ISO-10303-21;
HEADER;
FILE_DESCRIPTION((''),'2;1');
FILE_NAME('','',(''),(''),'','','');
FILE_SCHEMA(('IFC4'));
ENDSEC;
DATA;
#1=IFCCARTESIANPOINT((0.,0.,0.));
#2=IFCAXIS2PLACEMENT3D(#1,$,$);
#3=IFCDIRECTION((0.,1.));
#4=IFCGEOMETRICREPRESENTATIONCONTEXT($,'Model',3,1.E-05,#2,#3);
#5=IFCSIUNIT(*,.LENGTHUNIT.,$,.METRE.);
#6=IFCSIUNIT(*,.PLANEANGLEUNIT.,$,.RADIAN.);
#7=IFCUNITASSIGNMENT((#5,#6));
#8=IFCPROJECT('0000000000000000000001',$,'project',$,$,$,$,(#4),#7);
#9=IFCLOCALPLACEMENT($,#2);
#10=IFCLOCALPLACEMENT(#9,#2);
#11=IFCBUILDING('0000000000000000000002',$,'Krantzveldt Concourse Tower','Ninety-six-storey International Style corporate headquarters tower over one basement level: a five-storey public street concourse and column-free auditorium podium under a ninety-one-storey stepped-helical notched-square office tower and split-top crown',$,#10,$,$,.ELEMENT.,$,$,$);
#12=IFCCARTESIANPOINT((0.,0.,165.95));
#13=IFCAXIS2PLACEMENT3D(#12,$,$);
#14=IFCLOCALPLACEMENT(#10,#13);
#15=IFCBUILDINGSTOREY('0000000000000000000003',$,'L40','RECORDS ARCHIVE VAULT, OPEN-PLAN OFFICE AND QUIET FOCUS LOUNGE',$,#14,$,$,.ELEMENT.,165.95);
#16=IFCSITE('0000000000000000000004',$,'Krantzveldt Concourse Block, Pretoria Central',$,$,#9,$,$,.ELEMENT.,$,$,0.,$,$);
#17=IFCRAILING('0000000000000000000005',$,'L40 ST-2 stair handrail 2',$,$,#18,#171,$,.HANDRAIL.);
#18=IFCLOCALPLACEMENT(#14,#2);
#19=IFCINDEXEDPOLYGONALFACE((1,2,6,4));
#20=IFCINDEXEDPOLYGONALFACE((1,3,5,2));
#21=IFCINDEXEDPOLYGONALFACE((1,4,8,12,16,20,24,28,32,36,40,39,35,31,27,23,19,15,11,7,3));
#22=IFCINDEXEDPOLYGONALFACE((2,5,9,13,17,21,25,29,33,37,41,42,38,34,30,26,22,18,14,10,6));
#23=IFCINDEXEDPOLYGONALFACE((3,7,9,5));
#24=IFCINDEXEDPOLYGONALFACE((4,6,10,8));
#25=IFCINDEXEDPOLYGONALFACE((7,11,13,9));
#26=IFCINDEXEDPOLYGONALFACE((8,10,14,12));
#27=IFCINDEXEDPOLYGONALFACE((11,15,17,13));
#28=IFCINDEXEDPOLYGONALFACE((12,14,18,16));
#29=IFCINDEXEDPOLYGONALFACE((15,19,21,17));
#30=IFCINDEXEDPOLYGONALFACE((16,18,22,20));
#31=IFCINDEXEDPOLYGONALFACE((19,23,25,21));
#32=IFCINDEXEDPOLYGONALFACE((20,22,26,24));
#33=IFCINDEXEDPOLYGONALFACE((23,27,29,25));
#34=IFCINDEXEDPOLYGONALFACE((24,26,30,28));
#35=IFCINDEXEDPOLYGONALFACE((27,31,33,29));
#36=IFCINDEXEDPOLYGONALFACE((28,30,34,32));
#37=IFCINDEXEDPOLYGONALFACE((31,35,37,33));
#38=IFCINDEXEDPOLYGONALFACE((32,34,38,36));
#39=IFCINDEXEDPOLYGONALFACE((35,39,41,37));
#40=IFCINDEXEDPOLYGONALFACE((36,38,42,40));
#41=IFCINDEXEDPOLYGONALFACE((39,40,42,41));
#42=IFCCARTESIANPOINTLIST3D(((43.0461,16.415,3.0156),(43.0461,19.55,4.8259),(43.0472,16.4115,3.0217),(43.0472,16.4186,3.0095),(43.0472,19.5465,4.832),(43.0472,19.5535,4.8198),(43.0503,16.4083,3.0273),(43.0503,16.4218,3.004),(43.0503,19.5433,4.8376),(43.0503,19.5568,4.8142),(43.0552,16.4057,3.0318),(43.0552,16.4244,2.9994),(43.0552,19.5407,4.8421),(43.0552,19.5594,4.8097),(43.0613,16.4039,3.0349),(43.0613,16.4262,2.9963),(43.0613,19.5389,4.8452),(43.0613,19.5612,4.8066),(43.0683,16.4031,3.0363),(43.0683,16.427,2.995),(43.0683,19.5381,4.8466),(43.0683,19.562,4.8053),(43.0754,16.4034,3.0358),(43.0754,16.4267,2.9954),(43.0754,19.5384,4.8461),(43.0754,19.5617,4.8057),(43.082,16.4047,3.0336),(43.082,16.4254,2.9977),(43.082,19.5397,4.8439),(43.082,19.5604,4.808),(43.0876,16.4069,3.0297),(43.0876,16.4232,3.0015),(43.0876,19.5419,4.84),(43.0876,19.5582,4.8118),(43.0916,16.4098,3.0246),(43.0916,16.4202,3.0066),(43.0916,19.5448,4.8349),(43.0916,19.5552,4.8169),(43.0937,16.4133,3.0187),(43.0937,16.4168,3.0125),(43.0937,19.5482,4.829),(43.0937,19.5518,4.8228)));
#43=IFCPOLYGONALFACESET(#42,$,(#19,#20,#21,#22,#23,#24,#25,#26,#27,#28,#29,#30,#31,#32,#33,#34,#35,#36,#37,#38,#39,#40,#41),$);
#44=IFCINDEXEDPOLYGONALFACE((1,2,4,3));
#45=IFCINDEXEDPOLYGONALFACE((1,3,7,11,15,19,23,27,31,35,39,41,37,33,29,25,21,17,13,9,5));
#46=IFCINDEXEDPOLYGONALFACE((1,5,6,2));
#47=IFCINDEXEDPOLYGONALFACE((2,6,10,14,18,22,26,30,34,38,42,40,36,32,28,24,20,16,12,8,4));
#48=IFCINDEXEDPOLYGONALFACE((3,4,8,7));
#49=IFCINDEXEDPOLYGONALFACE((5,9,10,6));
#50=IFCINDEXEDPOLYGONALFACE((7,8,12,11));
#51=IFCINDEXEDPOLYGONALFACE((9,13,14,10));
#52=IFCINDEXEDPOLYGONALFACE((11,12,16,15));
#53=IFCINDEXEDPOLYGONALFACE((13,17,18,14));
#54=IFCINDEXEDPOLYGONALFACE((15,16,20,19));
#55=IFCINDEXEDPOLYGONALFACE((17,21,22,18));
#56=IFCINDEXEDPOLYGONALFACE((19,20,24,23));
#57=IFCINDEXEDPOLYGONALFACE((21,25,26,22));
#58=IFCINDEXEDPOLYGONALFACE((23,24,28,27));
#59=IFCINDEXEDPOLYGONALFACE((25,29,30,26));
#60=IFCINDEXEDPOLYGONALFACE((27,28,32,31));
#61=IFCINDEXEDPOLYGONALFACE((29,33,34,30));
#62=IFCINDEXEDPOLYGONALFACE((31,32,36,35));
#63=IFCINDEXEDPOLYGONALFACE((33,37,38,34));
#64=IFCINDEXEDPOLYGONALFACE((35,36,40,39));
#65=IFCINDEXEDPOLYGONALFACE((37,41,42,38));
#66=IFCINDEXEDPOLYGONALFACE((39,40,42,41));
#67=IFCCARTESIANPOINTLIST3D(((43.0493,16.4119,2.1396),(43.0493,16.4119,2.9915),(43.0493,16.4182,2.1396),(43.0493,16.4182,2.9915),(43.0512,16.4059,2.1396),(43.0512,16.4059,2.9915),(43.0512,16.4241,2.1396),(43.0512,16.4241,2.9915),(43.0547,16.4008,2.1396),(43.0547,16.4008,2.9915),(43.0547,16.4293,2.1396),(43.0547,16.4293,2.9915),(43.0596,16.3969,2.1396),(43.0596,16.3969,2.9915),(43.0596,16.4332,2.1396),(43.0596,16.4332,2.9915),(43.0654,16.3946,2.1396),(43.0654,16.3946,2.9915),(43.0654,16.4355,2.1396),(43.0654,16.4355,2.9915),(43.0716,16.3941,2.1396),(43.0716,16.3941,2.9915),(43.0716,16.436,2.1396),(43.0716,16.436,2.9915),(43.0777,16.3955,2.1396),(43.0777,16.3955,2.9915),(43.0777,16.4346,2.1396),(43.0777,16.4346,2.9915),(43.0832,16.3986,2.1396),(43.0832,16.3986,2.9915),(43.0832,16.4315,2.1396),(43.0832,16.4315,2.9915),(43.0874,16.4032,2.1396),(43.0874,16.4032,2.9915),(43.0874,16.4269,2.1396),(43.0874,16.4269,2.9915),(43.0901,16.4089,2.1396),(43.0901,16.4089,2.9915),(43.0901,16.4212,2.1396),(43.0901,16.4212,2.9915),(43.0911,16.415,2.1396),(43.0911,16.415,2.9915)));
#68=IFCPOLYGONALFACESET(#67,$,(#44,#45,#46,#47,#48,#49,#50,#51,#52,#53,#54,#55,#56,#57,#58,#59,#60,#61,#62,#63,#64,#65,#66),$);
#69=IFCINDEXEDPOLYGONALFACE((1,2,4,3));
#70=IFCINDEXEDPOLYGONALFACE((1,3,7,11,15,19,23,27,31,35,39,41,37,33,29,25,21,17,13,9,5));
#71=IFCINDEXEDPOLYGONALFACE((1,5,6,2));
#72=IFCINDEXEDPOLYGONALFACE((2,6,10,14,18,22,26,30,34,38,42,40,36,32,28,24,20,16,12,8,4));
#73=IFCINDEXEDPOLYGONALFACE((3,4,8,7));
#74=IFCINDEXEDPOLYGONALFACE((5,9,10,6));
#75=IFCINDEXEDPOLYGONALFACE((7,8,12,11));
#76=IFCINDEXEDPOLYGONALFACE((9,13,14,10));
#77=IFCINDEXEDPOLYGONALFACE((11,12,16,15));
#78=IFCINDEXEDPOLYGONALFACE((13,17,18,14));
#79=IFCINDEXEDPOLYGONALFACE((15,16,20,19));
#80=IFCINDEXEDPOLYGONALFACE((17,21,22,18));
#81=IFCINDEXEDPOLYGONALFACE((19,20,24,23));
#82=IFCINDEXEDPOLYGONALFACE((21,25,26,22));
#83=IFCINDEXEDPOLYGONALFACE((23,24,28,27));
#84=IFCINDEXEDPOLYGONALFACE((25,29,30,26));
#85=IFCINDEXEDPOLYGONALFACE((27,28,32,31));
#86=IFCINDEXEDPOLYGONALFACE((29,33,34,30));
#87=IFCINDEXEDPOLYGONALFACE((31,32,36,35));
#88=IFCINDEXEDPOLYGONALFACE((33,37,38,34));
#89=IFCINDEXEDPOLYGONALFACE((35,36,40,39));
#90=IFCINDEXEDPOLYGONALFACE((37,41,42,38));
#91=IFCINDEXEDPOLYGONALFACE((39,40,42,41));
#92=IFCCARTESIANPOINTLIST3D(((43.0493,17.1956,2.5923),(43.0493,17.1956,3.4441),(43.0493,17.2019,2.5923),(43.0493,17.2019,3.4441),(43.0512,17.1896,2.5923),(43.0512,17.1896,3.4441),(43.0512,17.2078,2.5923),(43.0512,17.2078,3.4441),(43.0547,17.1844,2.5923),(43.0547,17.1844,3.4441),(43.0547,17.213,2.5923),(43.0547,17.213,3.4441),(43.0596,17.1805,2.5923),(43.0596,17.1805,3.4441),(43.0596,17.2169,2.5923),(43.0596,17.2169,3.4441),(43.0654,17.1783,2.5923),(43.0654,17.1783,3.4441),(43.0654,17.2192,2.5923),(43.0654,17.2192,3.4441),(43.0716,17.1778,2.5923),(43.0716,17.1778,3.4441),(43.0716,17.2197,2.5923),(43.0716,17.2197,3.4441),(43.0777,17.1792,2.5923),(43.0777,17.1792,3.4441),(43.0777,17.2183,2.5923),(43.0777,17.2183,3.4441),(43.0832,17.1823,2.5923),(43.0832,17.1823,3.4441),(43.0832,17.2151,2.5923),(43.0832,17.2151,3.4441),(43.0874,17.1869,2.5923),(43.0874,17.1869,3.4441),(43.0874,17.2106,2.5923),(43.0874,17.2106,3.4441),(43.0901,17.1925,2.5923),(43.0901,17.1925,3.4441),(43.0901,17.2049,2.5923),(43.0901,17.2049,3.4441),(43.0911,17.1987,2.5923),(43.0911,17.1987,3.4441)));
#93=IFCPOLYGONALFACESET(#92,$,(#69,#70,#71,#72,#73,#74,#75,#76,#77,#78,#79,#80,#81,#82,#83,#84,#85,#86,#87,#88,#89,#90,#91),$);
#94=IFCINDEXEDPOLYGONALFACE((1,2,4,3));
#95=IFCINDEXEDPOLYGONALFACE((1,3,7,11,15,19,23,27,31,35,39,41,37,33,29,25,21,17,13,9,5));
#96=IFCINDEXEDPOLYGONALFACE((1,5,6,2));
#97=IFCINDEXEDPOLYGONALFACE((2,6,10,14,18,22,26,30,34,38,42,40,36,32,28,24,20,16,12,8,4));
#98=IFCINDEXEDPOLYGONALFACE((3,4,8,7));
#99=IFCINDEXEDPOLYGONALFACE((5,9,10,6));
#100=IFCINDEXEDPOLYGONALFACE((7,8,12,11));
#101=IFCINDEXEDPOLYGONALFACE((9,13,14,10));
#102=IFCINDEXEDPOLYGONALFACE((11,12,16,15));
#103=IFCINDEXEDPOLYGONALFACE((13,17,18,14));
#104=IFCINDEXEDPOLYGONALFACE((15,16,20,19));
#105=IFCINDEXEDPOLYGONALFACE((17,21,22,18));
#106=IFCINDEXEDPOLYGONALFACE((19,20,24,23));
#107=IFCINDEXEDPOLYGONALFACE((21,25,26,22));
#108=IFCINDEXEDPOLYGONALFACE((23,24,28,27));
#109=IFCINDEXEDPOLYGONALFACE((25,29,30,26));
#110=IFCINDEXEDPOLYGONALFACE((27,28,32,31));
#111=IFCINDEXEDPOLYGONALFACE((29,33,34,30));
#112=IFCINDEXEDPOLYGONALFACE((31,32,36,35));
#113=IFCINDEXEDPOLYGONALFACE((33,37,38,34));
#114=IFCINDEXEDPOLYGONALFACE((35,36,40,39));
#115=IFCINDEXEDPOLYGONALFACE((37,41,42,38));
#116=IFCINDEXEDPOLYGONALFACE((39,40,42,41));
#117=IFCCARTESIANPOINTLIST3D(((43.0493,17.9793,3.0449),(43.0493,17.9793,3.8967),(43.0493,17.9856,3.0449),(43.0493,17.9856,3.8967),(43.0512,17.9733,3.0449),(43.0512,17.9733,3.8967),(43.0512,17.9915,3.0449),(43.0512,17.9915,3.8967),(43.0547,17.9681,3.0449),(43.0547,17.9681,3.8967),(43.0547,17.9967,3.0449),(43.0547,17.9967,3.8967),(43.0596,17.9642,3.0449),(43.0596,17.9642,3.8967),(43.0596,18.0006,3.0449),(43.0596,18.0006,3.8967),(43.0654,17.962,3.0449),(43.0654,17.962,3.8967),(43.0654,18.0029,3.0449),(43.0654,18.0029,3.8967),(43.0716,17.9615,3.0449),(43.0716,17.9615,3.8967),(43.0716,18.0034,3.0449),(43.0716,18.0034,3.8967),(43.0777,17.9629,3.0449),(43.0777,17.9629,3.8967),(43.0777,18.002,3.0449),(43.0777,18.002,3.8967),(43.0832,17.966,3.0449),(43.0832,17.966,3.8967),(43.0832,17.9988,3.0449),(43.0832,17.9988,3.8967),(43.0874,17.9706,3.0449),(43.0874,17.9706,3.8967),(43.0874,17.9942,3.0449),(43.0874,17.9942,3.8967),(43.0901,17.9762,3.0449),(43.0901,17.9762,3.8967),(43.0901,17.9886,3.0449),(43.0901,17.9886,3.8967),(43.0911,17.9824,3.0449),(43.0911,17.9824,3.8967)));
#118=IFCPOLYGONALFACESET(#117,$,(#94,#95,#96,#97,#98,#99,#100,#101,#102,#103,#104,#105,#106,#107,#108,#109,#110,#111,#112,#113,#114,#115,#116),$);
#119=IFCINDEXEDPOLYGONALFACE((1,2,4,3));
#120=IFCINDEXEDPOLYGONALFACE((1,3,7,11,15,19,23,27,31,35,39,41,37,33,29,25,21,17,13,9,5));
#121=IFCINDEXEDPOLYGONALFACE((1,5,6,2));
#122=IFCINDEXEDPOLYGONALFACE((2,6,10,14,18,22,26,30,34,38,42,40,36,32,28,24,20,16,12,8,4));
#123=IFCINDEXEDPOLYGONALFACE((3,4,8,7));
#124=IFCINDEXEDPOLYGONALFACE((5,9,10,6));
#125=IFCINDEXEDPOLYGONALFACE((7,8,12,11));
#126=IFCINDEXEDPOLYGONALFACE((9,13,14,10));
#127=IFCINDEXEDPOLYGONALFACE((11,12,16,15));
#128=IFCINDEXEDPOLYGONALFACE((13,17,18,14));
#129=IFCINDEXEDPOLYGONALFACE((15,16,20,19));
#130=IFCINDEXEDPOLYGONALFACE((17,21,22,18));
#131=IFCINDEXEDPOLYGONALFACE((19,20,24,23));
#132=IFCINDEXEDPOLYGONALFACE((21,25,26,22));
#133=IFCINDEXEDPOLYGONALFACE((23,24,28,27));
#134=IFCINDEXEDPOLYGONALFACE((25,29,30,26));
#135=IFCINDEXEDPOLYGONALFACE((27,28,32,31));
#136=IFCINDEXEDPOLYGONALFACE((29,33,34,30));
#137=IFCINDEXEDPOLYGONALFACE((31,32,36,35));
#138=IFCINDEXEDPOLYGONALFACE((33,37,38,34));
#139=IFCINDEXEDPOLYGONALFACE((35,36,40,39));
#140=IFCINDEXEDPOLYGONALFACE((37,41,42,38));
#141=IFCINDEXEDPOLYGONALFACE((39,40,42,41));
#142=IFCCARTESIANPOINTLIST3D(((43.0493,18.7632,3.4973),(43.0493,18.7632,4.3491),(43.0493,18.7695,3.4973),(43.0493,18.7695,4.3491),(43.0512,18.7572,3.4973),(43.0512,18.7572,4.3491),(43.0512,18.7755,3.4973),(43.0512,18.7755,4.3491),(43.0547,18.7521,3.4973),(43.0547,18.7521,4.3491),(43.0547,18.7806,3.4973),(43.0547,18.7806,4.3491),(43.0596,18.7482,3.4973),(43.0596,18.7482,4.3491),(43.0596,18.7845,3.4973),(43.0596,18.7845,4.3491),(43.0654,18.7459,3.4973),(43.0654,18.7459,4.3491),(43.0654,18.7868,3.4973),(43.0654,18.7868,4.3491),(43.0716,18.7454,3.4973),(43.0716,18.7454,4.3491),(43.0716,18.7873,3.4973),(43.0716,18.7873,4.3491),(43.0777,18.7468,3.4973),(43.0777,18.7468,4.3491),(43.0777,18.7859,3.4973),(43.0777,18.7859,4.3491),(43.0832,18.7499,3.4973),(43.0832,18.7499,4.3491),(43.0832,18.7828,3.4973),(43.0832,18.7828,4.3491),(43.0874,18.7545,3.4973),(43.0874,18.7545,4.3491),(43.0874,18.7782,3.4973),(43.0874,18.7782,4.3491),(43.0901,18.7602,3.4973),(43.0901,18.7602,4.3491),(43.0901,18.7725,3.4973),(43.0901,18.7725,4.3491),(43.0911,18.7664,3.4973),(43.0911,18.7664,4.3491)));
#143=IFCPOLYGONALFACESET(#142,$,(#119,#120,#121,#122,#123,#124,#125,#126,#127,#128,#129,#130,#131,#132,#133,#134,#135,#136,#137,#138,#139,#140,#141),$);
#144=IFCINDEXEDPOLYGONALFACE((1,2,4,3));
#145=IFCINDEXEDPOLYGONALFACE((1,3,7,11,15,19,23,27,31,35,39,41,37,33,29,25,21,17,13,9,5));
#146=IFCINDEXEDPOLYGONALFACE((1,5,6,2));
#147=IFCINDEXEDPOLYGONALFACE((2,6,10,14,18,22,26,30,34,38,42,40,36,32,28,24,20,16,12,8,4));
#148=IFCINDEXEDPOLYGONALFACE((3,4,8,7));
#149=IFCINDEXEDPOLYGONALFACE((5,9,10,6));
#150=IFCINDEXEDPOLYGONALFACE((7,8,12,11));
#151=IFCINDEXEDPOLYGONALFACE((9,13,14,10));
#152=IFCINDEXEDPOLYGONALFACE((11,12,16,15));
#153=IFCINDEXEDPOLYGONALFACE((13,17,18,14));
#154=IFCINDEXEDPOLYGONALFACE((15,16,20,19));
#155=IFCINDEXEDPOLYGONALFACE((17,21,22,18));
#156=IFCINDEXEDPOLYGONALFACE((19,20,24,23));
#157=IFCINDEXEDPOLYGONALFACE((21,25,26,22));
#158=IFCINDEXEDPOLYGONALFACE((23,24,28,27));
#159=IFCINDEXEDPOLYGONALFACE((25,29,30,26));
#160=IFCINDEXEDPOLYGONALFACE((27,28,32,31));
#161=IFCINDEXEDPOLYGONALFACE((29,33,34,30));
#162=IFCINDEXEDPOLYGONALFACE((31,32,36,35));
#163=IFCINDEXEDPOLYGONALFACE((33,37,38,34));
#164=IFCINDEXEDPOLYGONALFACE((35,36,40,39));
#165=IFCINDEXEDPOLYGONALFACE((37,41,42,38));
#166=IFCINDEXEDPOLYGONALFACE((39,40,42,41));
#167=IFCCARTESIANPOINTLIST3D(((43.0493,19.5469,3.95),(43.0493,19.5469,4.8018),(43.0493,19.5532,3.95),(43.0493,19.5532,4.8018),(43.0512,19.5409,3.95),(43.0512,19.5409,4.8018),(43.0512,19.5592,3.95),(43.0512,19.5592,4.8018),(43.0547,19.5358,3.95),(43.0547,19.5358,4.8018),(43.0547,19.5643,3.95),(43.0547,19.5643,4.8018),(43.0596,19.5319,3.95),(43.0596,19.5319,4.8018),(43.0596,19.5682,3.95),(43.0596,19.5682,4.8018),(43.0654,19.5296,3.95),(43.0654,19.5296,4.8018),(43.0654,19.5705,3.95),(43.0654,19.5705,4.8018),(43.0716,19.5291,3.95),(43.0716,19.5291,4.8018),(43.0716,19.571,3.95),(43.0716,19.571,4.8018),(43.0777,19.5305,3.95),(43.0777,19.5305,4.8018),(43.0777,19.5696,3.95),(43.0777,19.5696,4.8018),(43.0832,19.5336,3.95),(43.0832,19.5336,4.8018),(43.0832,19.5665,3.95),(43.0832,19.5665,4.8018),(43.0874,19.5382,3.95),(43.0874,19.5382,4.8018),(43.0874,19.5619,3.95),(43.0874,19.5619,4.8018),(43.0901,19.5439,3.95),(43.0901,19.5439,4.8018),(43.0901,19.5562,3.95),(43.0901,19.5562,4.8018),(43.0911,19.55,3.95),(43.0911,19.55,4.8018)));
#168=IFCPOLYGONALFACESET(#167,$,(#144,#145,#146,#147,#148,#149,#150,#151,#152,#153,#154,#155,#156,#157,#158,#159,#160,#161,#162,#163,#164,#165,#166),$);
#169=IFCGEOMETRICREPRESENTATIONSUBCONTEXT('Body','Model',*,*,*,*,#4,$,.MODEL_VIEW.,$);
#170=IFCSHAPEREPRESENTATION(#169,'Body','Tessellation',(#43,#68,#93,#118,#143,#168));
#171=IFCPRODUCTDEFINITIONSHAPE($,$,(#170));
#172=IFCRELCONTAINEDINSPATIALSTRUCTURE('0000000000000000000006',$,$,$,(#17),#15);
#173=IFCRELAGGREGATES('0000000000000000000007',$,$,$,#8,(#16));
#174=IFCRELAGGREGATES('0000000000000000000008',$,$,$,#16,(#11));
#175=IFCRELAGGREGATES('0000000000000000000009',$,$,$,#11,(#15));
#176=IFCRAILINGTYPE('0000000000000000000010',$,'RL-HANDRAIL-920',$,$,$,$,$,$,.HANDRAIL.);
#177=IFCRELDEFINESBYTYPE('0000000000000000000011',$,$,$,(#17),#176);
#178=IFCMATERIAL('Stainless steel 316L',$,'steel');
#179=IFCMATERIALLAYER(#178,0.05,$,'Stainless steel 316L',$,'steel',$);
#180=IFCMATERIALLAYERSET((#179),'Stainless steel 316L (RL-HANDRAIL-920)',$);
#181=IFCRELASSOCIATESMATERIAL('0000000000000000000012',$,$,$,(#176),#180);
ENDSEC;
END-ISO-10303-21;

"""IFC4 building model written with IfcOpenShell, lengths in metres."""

from ifc_helpers import new_model, si_unit, direction, frame, origin, origin_2d, place, context, subcontext, project, spatial, circle, extrude, material, layer, layer_set, type_object, element, save


model = new_model("IFC4")

# Units and contexts
model_context = context("Model", 3, precision=1e-05, world=origin(), true_north=direction((0.0, 1.0)))
body_context = subcontext(model_context, "Body", "Model", "MODEL_VIEW")
ifc_project = project(units=[si_unit("LENGTHUNIT", "METRE"), si_unit("PLANEANGLEUNIT", "RADIAN")], contexts=[model_context])

# Site, building, storey
site_placement = place(None, origin())
site = spatial("IfcSite", under=ifc_project, at=site_placement, Name="Krantzveldt Concourse Block, Pretoria Central", CompositionType="ELEMENT", RefElevation=0.0)
building_placement = place(site_placement, origin())
building = spatial("IfcBuilding", under=site, at=building_placement, Name="Krantzveldt Concourse Tower", Description="Ninety-six-storey International Style corporate headquarters tower over one basement level: a five-storey public street concourse and column-free auditorium podium under a ninety-one-storey stepped-helical notched-square office tower and split-top crown", CompositionType="ELEMENT")
storey_placement = place(building_placement, frame((0.0, 0.0, 165.95)))
storey = spatial("IfcBuildingStorey", under=building, at=storey_placement, Name="L40", Description="RECORDS ARCHIVE VAULT, OPEN-PLAN OFFICE AND QUIET FOCUS LOUNGE", CompositionType="ELEMENT", Elevation=165.95)

# Railing
ifc_material_1 = material(Name="Stainless steel 316L", Category="steel")
ifc_layer_1 = layer(ifc_material_1, 0.05, Name="Stainless steel 316L", Category="steel")
ifc_layer_set_1 = layer_set([ifc_layer_1], Name="Stainless steel 316L (RL-HANDRAIL-920)")
railing_type_1 = type_object("IfcRailingType", Name="RL-HANDRAIL-920", PredefinedType="HANDRAIL", material=ifc_layer_set_1)
railing_1_placement = place(storey_placement, frame((43.0701, 16.415, 2.1396)))
element("IfcRailing", 1, at=railing_1_placement, inside=storey, type_object=railing_type_1, Name="L40 ST-2 stair handrail 2", PredefinedType="HANDRAIL", context=body_context, shape_type="SweptSolid", body=[
    extrude(circle(Radius=0.0239, at=origin_2d()), frame((0.0, 0.0, 0.876), z_axis=(0.0, 0.865989, 0.500063), x_axis=(-1.0, 0.0, 0.0)), (0.0, 0.0, 1.0), 3.6201),
    extrude(circle(Radius=0.021, at=origin_2d()), origin(), (0.0, 0.0, 1.0), 0.8518),
    extrude(circle(Radius=0.021, at=origin_2d()), frame((0.0, 0.7837, 0.4526)), (0.0, 0.0, 1.0), 0.8518),
    extrude(circle(Radius=0.021, at=origin_2d()), frame((0.0, 1.5674, 0.9053)), (0.0, 0.0, 1.0), 0.8518),
    extrude(circle(Radius=0.021, at=origin_2d()), frame((0.0, 2.3513, 1.3577)), (0.0, 0.0, 1.0), 0.8518),
    extrude(circle(Radius=0.021, at=origin_2d()), frame((0.0, 3.135, 1.8103)), (0.0, 0.0, 1.0), 0.8518),
])

save(model, "model.ifc")
